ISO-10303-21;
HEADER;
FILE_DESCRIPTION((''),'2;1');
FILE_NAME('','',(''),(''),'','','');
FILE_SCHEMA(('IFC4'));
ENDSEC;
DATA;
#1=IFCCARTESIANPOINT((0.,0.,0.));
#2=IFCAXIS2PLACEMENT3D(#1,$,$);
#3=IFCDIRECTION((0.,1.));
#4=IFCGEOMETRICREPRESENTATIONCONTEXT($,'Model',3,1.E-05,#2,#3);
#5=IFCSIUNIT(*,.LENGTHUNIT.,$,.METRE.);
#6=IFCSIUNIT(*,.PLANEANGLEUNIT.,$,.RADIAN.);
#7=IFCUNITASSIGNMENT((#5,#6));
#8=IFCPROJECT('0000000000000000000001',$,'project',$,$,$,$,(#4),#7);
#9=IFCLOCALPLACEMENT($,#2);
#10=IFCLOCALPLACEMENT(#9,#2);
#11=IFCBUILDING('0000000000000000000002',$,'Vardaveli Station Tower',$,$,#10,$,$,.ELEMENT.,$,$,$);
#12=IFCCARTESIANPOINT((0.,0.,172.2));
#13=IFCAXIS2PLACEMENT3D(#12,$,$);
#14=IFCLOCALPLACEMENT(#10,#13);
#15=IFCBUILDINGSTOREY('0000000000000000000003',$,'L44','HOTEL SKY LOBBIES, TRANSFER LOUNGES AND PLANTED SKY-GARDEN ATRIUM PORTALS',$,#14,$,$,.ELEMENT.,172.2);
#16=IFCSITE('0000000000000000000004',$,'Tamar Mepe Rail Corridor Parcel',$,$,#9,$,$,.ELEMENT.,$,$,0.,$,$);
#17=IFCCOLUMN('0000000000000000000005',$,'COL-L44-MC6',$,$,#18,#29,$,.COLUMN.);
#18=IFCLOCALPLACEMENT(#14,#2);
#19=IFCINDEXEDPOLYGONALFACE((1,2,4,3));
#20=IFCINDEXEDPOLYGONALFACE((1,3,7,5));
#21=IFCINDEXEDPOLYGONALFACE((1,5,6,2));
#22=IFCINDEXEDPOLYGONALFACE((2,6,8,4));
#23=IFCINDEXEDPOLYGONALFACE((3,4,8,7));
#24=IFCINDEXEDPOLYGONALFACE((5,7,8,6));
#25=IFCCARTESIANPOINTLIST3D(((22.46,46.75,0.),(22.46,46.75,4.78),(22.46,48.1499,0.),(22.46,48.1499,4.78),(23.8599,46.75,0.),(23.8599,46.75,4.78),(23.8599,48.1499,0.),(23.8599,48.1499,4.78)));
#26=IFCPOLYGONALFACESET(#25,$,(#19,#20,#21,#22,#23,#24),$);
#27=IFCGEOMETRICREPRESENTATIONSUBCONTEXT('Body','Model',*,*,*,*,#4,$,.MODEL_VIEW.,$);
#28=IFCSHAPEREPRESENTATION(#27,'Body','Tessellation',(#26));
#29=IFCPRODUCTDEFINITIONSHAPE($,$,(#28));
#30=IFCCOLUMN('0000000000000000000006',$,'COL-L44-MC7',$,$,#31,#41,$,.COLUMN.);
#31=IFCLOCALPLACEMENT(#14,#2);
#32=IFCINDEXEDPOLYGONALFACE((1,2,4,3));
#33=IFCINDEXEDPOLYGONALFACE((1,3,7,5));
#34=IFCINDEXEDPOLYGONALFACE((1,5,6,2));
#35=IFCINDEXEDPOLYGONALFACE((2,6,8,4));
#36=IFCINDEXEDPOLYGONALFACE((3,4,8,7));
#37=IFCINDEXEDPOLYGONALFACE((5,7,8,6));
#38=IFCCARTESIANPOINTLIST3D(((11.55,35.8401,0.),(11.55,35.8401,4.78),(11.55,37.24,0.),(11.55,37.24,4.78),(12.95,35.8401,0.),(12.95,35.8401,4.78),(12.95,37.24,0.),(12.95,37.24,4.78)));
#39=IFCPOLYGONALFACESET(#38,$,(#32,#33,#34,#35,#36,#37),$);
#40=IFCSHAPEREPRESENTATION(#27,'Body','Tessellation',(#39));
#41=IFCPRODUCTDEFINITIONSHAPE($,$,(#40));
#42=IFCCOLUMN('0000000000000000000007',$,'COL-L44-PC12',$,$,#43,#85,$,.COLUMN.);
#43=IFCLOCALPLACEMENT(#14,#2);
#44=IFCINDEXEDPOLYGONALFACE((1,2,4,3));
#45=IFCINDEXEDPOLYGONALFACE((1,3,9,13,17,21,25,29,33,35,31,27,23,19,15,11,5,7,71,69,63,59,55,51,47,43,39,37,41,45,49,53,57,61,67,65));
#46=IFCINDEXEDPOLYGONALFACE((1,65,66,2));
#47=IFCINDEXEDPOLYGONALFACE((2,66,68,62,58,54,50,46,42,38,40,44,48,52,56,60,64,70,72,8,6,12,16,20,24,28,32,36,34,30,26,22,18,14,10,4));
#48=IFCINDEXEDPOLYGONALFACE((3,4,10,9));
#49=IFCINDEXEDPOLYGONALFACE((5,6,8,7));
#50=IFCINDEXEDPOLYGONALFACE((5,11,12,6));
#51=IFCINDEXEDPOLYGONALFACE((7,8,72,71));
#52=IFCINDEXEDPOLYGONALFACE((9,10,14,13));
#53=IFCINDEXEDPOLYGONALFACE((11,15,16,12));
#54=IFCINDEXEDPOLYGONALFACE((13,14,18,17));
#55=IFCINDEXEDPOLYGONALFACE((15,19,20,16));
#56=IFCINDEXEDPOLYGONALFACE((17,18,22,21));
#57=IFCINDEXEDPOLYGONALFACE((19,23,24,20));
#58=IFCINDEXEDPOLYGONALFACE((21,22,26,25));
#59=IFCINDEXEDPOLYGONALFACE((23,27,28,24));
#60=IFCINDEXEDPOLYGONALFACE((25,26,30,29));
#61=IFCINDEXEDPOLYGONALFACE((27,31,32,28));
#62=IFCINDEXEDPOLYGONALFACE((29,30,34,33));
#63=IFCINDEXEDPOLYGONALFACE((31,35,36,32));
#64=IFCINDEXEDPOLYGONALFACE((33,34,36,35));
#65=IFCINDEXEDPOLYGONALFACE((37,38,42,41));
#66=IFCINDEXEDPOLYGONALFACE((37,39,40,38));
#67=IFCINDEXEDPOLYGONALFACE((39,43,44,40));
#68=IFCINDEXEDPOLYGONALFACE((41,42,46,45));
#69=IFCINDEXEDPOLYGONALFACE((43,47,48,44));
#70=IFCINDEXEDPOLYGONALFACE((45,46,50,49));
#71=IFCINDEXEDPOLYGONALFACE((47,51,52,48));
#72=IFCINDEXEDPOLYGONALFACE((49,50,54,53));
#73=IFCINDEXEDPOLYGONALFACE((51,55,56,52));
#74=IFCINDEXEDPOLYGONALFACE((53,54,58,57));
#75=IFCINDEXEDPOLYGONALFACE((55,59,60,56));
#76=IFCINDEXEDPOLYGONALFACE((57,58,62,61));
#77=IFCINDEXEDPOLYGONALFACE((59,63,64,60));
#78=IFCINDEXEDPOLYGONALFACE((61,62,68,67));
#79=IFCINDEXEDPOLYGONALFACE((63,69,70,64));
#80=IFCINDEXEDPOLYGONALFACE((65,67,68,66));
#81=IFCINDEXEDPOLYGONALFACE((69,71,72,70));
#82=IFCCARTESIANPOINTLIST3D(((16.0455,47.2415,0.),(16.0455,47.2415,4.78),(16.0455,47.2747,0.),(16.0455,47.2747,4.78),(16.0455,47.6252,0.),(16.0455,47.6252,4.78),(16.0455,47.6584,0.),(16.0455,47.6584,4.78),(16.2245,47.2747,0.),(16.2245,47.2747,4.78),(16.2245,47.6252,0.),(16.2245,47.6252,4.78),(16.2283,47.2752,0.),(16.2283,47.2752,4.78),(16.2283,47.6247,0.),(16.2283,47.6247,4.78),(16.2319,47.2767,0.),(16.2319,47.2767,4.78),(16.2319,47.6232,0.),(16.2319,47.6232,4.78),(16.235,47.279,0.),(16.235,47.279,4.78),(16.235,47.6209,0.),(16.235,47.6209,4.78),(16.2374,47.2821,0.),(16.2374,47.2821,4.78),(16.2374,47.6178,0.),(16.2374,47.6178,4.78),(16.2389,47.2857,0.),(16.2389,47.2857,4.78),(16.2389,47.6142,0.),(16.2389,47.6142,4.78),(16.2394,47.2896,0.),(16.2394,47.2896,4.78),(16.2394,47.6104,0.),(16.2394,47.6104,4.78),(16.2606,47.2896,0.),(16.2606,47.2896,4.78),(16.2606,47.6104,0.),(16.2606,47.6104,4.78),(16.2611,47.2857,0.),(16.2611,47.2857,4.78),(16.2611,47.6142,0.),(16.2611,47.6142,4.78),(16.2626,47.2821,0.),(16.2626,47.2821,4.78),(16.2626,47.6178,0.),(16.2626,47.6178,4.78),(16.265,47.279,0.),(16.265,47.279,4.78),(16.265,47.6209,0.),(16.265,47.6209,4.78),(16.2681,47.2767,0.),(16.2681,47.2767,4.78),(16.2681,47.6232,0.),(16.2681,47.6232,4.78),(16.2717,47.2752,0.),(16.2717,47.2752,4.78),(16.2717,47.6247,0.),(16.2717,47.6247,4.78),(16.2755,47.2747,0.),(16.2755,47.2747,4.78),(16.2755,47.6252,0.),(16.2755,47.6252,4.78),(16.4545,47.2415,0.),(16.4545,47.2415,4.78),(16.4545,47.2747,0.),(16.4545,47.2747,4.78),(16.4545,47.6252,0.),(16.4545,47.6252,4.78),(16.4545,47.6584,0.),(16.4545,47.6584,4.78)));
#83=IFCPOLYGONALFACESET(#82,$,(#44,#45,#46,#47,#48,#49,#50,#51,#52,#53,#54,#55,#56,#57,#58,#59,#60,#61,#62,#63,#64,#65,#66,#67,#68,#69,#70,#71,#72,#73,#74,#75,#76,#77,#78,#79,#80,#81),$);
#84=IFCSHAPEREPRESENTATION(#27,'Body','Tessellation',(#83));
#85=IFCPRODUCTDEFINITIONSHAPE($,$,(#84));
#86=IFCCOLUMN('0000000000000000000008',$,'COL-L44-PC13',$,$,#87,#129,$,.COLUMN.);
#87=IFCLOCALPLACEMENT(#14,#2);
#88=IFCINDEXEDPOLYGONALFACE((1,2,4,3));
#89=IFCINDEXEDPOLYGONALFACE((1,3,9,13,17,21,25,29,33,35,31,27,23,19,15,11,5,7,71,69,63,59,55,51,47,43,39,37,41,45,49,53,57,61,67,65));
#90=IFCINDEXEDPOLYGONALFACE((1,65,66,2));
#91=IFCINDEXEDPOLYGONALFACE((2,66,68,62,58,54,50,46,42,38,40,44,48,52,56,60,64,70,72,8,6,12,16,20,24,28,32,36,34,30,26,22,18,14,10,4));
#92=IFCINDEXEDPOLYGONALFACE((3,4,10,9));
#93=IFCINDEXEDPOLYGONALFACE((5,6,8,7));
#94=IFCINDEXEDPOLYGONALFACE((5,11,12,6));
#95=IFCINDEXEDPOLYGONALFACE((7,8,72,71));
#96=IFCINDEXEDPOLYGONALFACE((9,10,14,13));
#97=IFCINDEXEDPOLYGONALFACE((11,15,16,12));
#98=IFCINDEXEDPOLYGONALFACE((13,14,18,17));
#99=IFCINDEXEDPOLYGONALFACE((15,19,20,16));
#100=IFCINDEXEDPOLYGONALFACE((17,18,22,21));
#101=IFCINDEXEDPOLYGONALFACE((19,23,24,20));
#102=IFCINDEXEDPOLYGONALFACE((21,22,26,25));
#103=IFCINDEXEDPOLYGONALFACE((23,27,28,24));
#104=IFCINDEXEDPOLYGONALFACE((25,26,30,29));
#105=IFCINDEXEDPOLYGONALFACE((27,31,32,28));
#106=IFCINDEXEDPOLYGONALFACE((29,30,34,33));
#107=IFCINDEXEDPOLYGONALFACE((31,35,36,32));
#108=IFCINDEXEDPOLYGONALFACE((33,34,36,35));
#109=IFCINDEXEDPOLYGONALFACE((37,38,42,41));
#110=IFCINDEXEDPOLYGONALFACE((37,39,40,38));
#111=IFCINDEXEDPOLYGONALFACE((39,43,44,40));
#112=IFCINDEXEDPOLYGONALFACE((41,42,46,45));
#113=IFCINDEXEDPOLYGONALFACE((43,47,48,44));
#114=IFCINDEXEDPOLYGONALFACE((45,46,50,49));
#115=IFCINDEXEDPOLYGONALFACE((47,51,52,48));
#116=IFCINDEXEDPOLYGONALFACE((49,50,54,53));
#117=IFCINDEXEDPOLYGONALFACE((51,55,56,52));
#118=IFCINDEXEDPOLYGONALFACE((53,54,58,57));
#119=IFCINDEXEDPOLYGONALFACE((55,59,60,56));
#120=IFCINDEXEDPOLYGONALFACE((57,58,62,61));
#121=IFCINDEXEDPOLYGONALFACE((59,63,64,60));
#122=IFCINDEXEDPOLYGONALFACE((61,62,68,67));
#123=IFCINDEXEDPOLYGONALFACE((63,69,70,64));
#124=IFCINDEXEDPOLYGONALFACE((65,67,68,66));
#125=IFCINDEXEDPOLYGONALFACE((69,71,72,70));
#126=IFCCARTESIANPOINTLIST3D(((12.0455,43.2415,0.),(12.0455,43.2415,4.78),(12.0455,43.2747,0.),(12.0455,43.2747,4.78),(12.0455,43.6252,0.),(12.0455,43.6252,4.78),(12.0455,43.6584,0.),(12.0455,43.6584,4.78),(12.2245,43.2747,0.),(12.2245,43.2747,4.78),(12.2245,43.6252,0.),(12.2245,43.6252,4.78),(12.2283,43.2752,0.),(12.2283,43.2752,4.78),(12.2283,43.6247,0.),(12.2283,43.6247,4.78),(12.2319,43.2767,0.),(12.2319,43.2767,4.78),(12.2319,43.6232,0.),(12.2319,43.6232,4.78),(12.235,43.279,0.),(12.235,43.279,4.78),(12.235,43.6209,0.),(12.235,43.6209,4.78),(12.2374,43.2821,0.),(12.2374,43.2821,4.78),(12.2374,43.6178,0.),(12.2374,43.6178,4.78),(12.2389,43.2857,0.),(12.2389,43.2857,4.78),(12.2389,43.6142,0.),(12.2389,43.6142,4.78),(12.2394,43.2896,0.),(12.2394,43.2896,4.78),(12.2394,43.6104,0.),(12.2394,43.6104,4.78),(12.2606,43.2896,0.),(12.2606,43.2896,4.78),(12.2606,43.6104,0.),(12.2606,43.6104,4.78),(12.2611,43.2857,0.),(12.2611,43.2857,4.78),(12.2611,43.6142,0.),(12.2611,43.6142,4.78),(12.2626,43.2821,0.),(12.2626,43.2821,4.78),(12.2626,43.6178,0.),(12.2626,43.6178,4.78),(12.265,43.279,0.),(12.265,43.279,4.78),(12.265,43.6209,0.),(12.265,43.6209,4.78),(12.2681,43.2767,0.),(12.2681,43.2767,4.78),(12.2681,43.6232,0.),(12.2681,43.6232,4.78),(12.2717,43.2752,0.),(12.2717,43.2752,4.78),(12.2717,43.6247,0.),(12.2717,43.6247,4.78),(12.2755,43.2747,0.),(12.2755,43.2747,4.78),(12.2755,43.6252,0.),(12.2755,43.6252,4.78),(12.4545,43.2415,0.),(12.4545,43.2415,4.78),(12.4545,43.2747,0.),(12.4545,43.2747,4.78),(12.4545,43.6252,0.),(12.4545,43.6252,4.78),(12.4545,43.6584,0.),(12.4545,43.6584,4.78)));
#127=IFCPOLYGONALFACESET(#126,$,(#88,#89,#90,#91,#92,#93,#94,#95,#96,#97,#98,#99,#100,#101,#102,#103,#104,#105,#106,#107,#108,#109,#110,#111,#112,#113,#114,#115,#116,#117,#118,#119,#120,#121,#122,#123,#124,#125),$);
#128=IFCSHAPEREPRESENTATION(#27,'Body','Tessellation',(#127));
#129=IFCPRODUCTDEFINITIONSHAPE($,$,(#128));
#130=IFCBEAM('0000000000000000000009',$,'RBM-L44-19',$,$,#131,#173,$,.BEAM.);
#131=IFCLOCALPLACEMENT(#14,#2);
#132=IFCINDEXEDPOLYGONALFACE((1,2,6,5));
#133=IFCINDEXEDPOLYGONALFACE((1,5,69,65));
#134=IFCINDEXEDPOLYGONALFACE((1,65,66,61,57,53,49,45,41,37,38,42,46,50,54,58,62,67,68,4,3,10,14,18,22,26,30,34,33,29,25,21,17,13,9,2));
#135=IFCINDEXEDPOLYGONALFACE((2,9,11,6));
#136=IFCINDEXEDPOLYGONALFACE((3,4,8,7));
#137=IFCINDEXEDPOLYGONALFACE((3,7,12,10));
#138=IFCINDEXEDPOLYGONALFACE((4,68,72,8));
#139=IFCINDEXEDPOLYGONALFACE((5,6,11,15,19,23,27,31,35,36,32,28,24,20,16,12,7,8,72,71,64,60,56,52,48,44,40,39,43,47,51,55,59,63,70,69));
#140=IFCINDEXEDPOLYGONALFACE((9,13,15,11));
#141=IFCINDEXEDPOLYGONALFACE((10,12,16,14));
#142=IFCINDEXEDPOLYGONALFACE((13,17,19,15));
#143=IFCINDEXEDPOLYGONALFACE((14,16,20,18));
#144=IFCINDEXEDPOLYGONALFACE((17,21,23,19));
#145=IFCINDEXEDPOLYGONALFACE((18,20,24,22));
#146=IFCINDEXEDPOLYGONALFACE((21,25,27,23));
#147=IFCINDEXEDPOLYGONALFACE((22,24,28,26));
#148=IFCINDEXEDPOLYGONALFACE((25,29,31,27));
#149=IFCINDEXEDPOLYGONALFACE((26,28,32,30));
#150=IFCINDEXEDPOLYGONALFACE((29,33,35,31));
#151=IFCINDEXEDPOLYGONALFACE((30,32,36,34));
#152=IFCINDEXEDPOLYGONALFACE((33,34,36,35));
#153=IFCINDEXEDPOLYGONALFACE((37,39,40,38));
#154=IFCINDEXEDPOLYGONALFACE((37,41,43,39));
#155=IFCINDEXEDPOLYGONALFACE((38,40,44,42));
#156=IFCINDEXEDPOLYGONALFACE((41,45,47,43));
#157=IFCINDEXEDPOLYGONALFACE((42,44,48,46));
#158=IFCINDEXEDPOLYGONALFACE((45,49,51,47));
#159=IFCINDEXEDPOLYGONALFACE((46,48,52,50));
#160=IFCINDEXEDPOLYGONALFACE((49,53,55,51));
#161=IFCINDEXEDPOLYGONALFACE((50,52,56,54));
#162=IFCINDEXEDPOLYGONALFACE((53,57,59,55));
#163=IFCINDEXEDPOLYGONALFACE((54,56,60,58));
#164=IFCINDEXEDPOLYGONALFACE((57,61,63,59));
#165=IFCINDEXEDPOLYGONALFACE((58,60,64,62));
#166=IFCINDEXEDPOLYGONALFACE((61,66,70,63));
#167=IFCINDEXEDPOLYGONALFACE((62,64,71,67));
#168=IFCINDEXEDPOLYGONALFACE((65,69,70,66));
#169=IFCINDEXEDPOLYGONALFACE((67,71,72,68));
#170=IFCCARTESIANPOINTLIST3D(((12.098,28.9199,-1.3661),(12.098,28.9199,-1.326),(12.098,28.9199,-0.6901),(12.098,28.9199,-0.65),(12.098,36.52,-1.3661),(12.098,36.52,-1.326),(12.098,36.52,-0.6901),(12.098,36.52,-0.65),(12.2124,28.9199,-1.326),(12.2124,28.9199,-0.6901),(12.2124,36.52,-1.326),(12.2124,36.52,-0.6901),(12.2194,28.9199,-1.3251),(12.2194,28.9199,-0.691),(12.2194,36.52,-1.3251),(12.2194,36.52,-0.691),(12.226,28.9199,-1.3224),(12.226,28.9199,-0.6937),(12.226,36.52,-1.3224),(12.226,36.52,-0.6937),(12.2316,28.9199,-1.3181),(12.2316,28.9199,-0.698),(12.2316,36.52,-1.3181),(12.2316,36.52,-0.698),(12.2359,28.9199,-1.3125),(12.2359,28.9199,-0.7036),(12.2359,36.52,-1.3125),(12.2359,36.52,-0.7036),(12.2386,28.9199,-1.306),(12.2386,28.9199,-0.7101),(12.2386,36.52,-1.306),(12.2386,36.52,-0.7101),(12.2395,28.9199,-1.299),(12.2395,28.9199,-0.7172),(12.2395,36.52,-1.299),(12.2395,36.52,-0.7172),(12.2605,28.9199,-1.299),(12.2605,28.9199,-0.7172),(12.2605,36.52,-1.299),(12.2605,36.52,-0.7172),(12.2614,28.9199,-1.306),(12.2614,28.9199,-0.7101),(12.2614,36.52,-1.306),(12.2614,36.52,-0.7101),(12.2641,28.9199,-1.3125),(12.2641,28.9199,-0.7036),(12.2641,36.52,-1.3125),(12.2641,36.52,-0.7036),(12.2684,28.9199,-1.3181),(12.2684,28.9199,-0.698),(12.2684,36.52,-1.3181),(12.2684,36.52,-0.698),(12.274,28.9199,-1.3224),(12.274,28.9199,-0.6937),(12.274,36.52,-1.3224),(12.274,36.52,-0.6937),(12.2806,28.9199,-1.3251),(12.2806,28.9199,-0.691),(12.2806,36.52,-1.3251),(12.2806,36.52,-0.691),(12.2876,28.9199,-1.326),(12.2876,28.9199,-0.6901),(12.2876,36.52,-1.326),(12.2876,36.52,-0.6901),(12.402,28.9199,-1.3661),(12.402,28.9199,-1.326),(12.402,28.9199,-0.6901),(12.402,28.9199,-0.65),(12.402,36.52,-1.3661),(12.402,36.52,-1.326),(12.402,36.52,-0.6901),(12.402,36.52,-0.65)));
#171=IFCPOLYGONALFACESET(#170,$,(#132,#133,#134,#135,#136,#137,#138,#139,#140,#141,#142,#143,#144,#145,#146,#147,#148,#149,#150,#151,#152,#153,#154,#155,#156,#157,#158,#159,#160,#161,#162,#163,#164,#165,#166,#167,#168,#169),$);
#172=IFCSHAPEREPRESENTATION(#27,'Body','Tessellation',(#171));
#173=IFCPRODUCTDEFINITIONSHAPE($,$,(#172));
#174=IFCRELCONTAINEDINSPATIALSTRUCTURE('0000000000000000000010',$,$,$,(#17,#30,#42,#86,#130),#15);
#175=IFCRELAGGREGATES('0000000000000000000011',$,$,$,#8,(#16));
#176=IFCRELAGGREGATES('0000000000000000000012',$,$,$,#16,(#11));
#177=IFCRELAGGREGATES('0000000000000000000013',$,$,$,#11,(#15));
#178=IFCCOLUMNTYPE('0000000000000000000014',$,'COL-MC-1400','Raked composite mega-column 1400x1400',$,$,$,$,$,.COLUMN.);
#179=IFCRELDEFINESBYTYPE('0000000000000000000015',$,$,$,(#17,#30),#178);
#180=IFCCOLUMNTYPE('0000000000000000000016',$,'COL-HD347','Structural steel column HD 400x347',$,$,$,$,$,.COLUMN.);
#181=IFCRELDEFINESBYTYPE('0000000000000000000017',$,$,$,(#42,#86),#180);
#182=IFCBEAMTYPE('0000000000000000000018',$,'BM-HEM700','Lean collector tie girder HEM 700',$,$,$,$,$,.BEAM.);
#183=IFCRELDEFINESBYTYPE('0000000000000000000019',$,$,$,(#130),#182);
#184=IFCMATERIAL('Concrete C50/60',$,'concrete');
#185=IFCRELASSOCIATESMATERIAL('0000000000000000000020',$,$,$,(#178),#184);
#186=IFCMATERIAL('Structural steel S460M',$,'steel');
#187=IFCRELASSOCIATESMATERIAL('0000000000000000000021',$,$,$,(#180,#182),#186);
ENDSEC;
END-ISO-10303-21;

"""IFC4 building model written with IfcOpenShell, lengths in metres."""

from ifc_helpers import new_model, si_unit, direction, frame, origin, origin_2d, place, context, subcontext, project, spatial, rectangle, i_section, extrude, source, transform, mapped, material, material_profile, profile_set, type_object, element, save


model = new_model("IFC4")

# Units and contexts
model_context = context("Model", 3, precision=1e-05, world=origin(), true_north=direction((0.0, 1.0)))
body_context = subcontext(model_context, "Body", "Model", "MODEL_VIEW")
ifc_project = project(units=[si_unit("LENGTHUNIT", "METRE"), si_unit("PLANEANGLEUNIT", "RADIAN")], contexts=[model_context])

# Site, building, storey
site_placement = place(None, origin())
site = spatial("IfcSite", under=ifc_project, at=site_placement, Name="Tamar Mepe Rail Corridor Parcel", CompositionType="ELEMENT", RefElevation=0.0)
building_placement = place(site_placement, origin())
building = spatial("IfcBuilding", under=site, at=building_placement, Name="Vardaveli Station Tower", CompositionType="ELEMENT")
storey_placement = place(building_placement, frame((0.0, 0.0, 172.2)))
storey = spatial("IfcBuildingStorey", under=building, at=storey_placement, Name="L44", Description="HOTEL SKY LOBBIES, TRANSFER LOUNGES AND PLANTED SKY-GARDEN ATRIUM PORTALS", CompositionType="ELEMENT", Elevation=172.2)

# Columns
ifc_material_1 = material(Name="Concrete C50/60", Category="concrete")
ifc_material_profile_1 = material_profile(ifc_material_1, rectangle(XDim=1.3999, YDim=1.3999, at=origin_2d()), Name="MC 1400x1400")
ifc_profile_set_1 = profile_set([ifc_material_profile_1], Name="Concrete C50/60")
column_type_1 = type_object("IfcColumnType", Name="COL-MC-1400", Description="Raked composite mega-column 1400x1400", PredefinedType="COLUMN", material=ifc_profile_set_1)
shared_shape_1 = source(origin(), body_context, "Body", "SweptSolid", [
    extrude(rectangle(XDim=1.3999, YDim=1.3999, at=origin_2d()), origin(), (0.0, 0.0, 1.0), 4.78),
])
for number, where, z_axis, x_axis, name in (
    (1, (23.1599, 47.45, 0.0), (0.0, 0.0, 1.0), (1.0, 0.0, 0.0), "COL-L44-MC6"),
    (2, (12.25, 36.54, 0.0), (0.0, 0.0, 1.0), (1.0, 0.0, 0.0), "COL-L44-MC7"),
):
    element("IfcColumn", number, at=place(storey_placement, frame(where, z_axis=z_axis, x_axis=x_axis)), inside=storey, type_object=column_type_1, Name=name, PredefinedType="COLUMN", context=body_context, shape_type="MappedRepresentation", body=[
        mapped(shared_shape_1, transform((0.0, 0.0, 0.0), scale=1.0)),
    ])
ifc_material_2 = material(Name="Structural steel S460M", Category="steel")
ifc_material_profile_2 = material_profile(ifc_material_2, i_section(OverallWidth=0.4089, OverallDepth=0.417, WebThickness=0.0212, FlangeThickness=0.0332, FilletRadius=0.0149, at=origin_2d()), Name="HD 400x347")
ifc_profile_set_2 = profile_set([ifc_material_profile_2], Name="Structural steel S460M")
column_type_2 = type_object("IfcColumnType", Name="COL-HD347", Description="Structural steel column HD 400x347", PredefinedType="COLUMN", material=ifc_profile_set_2)
shared_shape_2 = source(origin(), body_context, "Body", "SweptSolid", [
    extrude(i_section(OverallWidth=0.4089, OverallDepth=0.417, WebThickness=0.0212, FlangeThickness=0.0332, FilletRadius=0.0149, at=origin_2d()), origin(), (0.0, 0.0, 1.0), 4.78),
])
for number, where, z_axis, x_axis, name in (
    (3, (16.25, 47.45, 0.0), (0.0, 0.0, 1.0), (1.0, 0.0, 0.0), "COL-L44-PC12"),
    (4, (12.25, 43.45, 0.0), (0.0, 0.0, 1.0), (1.0, 0.0, 0.0), "COL-L44-PC13"),
):
    element("IfcColumn", number, at=place(storey_placement, frame(where, z_axis=z_axis, x_axis=x_axis)), inside=storey, type_object=column_type_2, Name=name, PredefinedType="COLUMN", context=body_context, shape_type="MappedRepresentation", body=[
        mapped(shared_shape_2, transform((0.0, 0.0, 0.0), scale=1.0)),
    ])

# Beam
ifc_material_profile_3 = material_profile(ifc_material_2, i_section(OverallWidth=0.304, OverallDepth=0.7161, WebThickness=0.021, FlangeThickness=0.04, FilletRadius=0.0271, at=origin_2d()), Name="HEM 700")
ifc_profile_set_3 = profile_set([ifc_material_profile_3], Name="Structural steel S460M")
beam_type = type_object("IfcBeamType", Name="BM-HEM700", Description="Lean collector tie girder HEM 700", PredefinedType="BEAM", material=ifc_profile_set_3)
shared_shape_3 = source(origin(), body_context, "Body", "SweptSolid", [
    extrude(i_section(OverallWidth=0.304, OverallDepth=0.7161, WebThickness=0.021, FlangeThickness=0.04, FilletRadius=0.0271, at=origin_2d()), origin(), (0.0, 0.0, 1.0), 7.6001),
])
beam_1_placement = place(storey_placement, frame((12.25, 36.52, -1.0081), z_axis=(0.0, -1.0, 0.0), x_axis=(1.0, 0.0, 0.0)))
element("IfcBeam", 5, at=beam_1_placement, inside=storey, type_object=beam_type, Name="RBM-L44-19", PredefinedType="BEAM", context=body_context, shape_type="MappedRepresentation", body=[
    mapped(shared_shape_3, transform((0.0, 0.0, 0.0), scale=1.0)),
])

save(model, "model.ifc")
